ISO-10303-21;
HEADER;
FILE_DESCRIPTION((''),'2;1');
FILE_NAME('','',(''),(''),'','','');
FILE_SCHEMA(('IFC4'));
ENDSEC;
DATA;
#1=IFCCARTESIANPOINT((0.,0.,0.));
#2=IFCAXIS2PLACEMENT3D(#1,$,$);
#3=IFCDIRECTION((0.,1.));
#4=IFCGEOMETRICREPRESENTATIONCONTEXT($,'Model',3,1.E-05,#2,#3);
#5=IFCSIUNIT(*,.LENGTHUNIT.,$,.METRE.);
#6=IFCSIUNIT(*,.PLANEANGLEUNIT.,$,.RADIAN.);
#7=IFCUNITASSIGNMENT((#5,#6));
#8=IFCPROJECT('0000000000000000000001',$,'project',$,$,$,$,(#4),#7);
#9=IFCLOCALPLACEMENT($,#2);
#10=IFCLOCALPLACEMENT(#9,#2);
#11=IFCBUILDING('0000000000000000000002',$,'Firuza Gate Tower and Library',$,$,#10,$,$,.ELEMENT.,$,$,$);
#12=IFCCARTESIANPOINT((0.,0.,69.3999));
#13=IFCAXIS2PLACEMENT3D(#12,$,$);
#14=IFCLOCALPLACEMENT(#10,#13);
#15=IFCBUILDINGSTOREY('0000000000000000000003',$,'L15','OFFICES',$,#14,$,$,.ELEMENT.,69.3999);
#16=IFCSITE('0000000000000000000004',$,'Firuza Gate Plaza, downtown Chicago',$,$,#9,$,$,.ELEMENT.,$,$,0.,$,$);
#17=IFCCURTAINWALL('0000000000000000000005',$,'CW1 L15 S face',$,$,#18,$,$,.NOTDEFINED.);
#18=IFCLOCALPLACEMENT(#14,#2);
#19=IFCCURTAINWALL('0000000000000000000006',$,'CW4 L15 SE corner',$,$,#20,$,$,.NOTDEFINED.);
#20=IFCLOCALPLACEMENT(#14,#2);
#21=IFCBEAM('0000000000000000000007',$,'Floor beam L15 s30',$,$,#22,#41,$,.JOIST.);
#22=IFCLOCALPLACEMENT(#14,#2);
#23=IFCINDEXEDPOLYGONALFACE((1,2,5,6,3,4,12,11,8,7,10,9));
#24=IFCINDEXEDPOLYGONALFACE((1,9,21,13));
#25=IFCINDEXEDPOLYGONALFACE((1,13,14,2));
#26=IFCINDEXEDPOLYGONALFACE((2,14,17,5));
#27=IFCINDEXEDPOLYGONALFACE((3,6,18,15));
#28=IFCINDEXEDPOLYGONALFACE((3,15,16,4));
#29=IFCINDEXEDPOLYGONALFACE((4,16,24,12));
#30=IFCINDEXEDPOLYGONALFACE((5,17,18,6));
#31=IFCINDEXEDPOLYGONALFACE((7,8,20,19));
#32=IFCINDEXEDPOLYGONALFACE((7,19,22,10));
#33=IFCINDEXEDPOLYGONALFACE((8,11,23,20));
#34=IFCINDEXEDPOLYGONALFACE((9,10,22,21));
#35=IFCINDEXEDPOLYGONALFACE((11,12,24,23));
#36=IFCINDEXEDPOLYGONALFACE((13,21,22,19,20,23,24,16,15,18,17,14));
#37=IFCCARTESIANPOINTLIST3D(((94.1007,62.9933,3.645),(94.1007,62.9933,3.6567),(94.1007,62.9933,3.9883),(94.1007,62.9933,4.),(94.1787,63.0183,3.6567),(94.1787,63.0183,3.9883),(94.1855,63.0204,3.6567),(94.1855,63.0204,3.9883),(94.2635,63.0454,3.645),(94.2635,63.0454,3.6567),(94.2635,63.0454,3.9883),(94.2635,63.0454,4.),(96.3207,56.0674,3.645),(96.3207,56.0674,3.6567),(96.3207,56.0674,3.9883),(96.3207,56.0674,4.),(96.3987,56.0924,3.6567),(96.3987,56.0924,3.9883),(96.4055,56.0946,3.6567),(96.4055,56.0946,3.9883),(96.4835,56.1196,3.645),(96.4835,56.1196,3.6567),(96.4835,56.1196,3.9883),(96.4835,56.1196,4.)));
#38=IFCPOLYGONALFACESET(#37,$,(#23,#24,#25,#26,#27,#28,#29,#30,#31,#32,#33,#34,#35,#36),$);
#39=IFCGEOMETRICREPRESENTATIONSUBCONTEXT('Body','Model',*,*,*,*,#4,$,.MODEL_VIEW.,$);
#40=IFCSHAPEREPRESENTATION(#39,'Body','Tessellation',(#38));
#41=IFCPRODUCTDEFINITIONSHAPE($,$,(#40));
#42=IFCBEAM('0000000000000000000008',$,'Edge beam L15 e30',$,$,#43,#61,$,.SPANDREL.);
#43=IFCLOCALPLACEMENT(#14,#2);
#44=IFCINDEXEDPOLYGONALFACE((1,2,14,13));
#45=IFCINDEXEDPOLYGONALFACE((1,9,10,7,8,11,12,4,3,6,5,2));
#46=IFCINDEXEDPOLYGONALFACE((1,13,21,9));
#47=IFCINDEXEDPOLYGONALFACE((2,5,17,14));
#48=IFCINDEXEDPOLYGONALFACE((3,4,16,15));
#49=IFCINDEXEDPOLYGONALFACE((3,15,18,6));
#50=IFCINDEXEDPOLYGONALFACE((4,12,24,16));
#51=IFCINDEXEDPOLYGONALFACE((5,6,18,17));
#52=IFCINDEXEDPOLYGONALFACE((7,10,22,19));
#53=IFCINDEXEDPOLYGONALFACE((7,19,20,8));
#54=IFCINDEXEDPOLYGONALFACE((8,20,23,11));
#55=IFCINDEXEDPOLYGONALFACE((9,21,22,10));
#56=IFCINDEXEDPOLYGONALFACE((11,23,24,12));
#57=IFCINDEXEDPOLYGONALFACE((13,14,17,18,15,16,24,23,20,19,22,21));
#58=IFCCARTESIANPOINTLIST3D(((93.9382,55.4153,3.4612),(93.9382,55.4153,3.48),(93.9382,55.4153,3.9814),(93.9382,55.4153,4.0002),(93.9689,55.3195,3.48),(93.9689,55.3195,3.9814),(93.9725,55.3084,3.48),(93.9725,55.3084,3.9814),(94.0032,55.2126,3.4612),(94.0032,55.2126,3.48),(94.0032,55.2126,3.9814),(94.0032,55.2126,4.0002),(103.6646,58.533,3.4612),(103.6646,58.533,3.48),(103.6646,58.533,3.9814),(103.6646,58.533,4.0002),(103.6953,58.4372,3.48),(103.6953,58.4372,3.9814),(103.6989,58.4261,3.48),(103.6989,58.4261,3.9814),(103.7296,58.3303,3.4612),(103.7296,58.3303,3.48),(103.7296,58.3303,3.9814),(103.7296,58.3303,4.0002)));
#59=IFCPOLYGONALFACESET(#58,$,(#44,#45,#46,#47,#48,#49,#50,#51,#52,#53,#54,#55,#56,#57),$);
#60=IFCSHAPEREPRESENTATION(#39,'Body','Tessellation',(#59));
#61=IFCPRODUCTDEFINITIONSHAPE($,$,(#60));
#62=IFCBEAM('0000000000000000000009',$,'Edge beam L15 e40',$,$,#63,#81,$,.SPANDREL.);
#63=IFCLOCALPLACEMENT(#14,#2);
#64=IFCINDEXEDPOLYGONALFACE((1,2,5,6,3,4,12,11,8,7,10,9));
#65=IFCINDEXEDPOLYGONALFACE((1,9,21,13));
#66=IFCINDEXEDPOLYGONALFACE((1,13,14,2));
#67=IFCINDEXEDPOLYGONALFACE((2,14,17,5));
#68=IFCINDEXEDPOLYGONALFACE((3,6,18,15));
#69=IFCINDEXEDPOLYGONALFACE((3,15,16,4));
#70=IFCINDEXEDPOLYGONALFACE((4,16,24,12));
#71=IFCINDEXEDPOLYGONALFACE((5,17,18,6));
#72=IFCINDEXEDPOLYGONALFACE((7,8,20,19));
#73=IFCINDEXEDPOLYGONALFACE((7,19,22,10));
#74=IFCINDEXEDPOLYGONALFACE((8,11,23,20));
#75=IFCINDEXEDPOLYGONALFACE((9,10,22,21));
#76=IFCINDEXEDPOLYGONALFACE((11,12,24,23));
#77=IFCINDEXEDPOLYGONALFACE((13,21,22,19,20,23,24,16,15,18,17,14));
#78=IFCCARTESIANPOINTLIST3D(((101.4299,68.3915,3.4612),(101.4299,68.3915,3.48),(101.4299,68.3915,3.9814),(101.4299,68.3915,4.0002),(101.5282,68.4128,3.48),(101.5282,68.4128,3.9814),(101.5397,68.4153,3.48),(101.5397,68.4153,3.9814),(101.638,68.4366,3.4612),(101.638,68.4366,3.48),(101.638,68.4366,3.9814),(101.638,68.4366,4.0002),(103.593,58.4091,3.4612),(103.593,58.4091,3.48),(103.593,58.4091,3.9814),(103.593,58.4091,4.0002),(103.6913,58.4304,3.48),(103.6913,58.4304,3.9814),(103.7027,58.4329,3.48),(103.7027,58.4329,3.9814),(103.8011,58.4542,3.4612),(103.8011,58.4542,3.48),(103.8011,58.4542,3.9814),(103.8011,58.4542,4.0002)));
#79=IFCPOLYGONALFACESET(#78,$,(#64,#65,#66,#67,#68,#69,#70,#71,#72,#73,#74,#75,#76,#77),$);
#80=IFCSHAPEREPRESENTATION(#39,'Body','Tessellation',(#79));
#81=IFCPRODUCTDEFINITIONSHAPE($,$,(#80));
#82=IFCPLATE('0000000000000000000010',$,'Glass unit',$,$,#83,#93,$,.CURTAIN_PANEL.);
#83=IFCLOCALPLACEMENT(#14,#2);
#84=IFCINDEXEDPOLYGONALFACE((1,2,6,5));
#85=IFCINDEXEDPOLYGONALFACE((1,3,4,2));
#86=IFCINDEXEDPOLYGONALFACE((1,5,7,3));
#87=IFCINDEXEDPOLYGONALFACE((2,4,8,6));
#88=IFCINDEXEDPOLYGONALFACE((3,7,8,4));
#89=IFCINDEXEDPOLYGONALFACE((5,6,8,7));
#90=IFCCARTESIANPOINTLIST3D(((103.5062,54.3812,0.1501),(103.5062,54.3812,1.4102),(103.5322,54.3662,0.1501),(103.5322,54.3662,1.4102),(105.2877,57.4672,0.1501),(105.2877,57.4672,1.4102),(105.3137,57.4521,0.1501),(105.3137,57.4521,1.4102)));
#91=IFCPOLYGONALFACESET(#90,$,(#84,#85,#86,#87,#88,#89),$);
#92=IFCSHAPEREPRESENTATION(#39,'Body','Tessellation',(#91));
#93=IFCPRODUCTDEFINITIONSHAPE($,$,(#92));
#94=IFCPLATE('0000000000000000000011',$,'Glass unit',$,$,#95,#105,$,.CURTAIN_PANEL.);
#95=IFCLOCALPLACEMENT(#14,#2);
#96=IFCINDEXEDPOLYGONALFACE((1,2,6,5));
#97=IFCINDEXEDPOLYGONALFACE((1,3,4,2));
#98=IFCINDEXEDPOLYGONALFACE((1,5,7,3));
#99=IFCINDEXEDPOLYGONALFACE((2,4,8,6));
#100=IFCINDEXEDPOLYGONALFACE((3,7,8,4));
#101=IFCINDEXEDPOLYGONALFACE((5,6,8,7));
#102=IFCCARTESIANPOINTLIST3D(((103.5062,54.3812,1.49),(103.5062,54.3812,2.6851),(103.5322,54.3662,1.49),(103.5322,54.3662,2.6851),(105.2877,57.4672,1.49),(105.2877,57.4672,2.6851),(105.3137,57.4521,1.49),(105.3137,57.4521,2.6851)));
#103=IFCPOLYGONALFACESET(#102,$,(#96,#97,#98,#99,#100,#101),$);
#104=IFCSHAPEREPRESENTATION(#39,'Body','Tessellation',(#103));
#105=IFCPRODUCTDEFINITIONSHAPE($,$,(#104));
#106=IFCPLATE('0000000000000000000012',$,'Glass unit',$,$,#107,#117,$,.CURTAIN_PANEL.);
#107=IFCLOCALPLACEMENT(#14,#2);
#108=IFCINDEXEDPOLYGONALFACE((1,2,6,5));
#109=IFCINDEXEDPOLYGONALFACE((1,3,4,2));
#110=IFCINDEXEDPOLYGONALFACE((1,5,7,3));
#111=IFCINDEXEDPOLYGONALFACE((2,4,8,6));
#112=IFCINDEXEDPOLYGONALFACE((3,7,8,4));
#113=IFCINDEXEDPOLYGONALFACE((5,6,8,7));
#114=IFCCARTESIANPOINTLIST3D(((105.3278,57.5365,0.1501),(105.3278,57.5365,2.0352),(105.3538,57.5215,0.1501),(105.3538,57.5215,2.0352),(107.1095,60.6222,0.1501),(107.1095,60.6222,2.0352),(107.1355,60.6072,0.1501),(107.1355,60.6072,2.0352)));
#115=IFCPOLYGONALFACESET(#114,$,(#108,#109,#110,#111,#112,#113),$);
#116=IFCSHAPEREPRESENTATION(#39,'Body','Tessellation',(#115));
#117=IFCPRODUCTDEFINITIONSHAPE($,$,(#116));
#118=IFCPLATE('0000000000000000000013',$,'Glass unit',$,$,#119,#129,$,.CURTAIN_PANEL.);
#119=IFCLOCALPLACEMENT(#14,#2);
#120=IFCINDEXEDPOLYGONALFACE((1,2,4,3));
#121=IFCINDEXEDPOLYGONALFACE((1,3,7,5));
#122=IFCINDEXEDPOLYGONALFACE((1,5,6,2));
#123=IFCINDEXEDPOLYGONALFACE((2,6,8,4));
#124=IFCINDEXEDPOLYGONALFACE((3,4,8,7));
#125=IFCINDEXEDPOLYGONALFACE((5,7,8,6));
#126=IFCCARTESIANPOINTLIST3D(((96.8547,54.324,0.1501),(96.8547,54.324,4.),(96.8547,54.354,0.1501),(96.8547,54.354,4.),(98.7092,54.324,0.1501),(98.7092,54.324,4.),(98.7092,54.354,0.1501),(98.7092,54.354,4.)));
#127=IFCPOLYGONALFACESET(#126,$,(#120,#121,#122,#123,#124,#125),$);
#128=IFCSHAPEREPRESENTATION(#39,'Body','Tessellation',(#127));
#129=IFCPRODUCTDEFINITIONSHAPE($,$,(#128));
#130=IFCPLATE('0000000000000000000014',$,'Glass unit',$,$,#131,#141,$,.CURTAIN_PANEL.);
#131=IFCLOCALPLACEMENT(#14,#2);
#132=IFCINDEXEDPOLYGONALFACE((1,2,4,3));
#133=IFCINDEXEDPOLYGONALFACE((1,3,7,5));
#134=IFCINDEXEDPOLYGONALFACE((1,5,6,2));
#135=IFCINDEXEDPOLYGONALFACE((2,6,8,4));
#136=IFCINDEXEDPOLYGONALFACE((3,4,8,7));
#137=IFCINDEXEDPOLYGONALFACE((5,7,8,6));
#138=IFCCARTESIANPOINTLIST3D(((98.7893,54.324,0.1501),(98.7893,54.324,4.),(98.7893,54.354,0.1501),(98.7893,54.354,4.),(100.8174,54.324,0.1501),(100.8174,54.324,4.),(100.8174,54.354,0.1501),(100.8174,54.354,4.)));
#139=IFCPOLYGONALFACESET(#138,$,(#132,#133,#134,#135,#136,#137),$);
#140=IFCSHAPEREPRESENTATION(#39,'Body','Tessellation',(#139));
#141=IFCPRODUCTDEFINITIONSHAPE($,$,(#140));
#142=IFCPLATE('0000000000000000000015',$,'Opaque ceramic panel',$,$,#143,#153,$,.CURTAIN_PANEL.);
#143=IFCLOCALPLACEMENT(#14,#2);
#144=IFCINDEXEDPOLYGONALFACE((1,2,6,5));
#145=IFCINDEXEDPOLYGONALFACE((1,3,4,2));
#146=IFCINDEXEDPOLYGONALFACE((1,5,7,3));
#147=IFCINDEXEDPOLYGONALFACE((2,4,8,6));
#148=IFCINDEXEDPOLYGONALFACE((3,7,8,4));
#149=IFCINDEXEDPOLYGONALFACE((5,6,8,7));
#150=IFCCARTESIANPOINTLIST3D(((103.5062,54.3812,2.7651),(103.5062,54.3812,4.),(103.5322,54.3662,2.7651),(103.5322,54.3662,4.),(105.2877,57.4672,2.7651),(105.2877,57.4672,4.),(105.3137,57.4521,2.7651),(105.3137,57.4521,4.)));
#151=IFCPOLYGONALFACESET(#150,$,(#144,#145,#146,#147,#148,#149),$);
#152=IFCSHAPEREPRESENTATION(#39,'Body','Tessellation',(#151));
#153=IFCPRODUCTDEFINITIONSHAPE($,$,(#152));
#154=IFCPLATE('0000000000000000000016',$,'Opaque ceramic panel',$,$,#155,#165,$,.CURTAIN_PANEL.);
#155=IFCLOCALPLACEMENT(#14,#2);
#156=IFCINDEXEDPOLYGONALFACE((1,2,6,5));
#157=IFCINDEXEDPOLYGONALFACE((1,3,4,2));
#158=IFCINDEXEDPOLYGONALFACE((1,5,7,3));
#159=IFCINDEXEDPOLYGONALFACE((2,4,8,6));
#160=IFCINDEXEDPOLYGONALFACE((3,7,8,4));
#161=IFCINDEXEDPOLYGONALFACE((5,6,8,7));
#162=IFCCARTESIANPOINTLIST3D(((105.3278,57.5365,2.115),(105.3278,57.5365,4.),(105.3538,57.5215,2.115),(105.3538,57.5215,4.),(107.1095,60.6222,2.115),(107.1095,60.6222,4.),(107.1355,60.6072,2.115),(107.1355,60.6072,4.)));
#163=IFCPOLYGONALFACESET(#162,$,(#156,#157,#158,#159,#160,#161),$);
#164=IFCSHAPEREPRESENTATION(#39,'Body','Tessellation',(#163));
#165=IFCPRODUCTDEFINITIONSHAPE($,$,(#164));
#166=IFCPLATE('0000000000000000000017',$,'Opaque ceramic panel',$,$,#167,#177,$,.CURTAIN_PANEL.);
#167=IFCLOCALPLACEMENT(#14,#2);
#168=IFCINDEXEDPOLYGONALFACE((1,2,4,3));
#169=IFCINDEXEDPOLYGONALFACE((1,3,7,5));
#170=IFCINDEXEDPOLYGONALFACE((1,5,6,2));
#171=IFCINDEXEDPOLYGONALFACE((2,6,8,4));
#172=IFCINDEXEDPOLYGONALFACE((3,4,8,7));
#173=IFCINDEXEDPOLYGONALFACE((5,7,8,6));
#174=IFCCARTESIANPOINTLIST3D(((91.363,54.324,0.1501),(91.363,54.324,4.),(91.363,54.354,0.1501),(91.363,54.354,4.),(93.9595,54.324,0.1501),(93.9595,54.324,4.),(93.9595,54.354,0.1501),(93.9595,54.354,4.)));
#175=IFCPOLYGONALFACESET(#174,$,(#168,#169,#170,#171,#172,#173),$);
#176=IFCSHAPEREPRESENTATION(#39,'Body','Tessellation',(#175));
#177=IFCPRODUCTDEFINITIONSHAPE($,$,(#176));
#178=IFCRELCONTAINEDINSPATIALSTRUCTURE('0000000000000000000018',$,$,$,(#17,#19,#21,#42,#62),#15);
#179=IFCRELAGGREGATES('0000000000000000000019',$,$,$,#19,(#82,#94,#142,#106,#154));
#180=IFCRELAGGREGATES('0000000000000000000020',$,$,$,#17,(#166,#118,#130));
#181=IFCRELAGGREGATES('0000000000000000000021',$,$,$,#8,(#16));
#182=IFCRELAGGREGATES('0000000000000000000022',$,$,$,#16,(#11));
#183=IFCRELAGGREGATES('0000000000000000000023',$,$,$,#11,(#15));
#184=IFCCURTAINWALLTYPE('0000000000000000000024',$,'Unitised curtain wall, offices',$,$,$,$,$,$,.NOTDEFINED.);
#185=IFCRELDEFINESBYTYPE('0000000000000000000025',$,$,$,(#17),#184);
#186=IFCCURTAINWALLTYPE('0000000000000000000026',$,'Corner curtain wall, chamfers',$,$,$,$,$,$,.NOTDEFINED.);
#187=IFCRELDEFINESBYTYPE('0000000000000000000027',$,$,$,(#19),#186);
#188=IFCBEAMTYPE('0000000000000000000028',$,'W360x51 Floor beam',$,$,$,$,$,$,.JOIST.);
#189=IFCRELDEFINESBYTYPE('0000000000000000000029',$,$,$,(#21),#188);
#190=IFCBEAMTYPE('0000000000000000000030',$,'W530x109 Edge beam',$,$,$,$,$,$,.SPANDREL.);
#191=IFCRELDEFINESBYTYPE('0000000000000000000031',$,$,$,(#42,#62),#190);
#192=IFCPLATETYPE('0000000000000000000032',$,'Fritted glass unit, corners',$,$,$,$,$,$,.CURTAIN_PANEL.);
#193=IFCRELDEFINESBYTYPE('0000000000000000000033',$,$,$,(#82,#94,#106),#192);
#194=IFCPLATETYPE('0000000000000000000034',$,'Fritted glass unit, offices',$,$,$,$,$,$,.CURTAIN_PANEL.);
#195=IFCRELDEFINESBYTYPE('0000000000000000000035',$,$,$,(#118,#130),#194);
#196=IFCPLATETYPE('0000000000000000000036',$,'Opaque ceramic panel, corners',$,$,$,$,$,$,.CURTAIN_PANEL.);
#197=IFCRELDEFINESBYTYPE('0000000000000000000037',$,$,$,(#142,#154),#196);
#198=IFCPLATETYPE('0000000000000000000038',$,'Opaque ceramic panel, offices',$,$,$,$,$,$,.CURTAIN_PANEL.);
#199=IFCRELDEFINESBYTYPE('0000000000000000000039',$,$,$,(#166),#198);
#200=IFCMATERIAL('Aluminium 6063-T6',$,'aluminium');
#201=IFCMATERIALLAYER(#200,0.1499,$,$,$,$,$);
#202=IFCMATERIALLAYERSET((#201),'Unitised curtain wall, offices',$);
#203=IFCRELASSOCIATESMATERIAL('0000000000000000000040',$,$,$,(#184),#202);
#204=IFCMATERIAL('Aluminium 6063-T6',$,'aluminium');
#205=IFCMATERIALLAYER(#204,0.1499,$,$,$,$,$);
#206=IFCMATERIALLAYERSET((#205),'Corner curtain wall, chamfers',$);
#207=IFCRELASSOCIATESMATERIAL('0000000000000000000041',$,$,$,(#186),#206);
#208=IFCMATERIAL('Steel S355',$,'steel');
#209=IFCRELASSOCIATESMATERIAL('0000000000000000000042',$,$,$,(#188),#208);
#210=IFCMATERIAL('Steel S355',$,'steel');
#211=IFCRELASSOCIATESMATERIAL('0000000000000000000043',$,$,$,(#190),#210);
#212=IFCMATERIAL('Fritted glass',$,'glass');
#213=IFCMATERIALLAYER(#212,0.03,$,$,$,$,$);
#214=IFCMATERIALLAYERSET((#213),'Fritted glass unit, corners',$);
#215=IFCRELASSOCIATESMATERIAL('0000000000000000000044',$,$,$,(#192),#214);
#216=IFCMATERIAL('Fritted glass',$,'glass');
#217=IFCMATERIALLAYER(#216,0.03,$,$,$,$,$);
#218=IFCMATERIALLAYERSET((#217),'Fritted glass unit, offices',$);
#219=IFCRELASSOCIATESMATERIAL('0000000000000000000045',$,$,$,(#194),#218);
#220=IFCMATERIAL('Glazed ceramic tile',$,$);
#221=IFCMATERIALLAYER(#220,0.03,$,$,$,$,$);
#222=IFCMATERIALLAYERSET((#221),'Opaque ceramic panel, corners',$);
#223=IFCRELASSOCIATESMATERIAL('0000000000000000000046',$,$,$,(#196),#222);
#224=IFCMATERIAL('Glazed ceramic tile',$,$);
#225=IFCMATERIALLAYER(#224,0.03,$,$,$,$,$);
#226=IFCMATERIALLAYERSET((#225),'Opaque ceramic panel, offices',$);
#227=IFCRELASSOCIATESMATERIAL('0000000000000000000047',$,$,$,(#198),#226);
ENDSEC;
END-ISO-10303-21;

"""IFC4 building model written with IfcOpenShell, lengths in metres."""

from ifc_helpers import new_model, si_unit, direction, frame, origin, origin_2d, place, context, subcontext, project, spatial, polyline, i_section, outline, extrude, material, layer, layer_set, material_profile, profile_set, type_object, element, aggregate, save


model = new_model("IFC4")

# Units and contexts
model_context = context("Model", 3, precision=1e-05, world=origin(), true_north=direction((0.0, 1.0)))
body_context = subcontext(model_context, "Body", "Model", "MODEL_VIEW")
ifc_project = project(units=[si_unit("LENGTHUNIT", "METRE"), si_unit("PLANEANGLEUNIT", "RADIAN")], contexts=[model_context])

# Site, building, storey
site_placement = place(None, origin())
site = spatial("IfcSite", under=ifc_project, at=site_placement, Name="Firuza Gate Plaza, downtown Chicago", CompositionType="ELEMENT", RefElevation=0.0)
building_placement = place(site_placement, origin())
building = spatial("IfcBuilding", under=site, at=building_placement, Name="Firuza Gate Tower and Library", CompositionType="ELEMENT")
storey_placement = place(building_placement, frame((0.0, 0.0, 69.3999)))
storey = spatial("IfcBuildingStorey", under=building, at=storey_placement, Name="L15", Description="OFFICES", CompositionType="ELEMENT", Elevation=69.3999)

# Curtain walls
ifc_material_1 = material(Name="Aluminium 6063-T6", Category="aluminium")
ifc_layer_1 = layer(ifc_material_1, 0.1499)
ifc_layer_set_1 = layer_set([ifc_layer_1], Name="Unitised curtain wall, offices")
curtain_wall_type_1 = type_object("IfcCurtainWallType", Name="Unitised curtain wall, offices", PredefinedType="NOTDEFINED", material=ifc_layer_set_1)
placement = place(storey_placement, origin())
curtain_wall_1 = element("IfcCurtainWall", 1, at=placement, inside=storey, type_object=curtain_wall_type_1, Name="CW1 L15 S face", PredefinedType="NOTDEFINED")
ifc_material_2 = material(Name="Aluminium 6063-T6", Category="aluminium")
ifc_layer_2 = layer(ifc_material_2, 0.1499)
ifc_layer_set_2 = layer_set([ifc_layer_2], Name="Corner curtain wall, chamfers")
curtain_wall_type_2 = type_object("IfcCurtainWallType", Name="Corner curtain wall, chamfers", PredefinedType="NOTDEFINED", material=ifc_layer_set_2)
curtain_wall_2 = element("IfcCurtainWall", 2, at=placement, inside=storey, type_object=curtain_wall_type_2, Name="CW4 L15 SE corner", PredefinedType="NOTDEFINED")

# Beams
ifc_material_3 = material(Name="Steel S355", Category="steel")
ifc_material_profile_1 = material_profile(ifc_material_3, i_section(OverallWidth=0.1709, OverallDepth=0.355, WebThickness=0.0071, FlangeThickness=0.0117, at=origin_2d()))
ifc_profile_set_1 = profile_set([ifc_material_profile_1], Name="Steel S355")
beam_type_1 = type_object("IfcBeamType", Name="W360x51 Floor beam", PredefinedType="JOIST", material=ifc_profile_set_1)
beam_1_placement = place(storey_placement, frame((96.4021, 56.0935, 3.8225), z_axis=(-0.30524, 0.952276, 0.0), x_axis=(-0.952276, -0.30524, 0.0)))
element("IfcBeam", 3, at=beam_1_placement, inside=storey, type_object=beam_type_1, Name="Floor beam L15 s30", PredefinedType="JOIST", context=body_context, shape_type="SweptSolid", body=[
    extrude(i_section(OverallWidth=0.1709, OverallDepth=0.355, WebThickness=0.0071, FlangeThickness=0.0117, at=origin_2d()), origin(), (0.0, 0.0, 1.0), 7.2729),
])
ifc_material_4 = material(Name="Steel S355", Category="steel")
ifc_material_profile_2 = material_profile(ifc_material_4, i_section(OverallWidth=0.2129, OverallDepth=0.5391, WebThickness=0.0117, FlangeThickness=0.0188, at=origin_2d()))
ifc_profile_set_2 = profile_set([ifc_material_profile_2], Name="Steel S355")
beam_type_2 = type_object("IfcBeamType", Name="W530x109 Edge beam", PredefinedType="SPANDREL", material=ifc_profile_set_2)
beam_2_placement = place(storey_placement, frame((93.9707, 55.314, 3.7307), z_axis=(0.952275, 0.305242, 0.0), x_axis=(-0.305242, 0.952275, 0.0)))
element("IfcBeam", 4, at=beam_2_placement, inside=storey, type_object=beam_type_2, Name="Edge beam L15 e30", PredefinedType="SPANDREL", context=body_context, shape_type="SweptSolid", body=[
    extrude(i_section(OverallWidth=0.2129, OverallDepth=0.5391, WebThickness=0.0117, FlangeThickness=0.0188, at=origin_2d()), origin(), (0.0, 0.0, 1.0), 10.2139),
])
beam_3_placement = place(storey_placement, frame((103.697, 58.4316, 3.7307), z_axis=(-0.211775, 0.977319, 0.0), x_axis=(-0.977319, -0.211775, 0.0)))
element("IfcBeam", 5, at=beam_3_placement, inside=storey, type_object=beam_type_2, Name="Edge beam L15 e40", PredefinedType="SPANDREL", context=body_context, shape_type="SweptSolid", body=[
    extrude(i_section(OverallWidth=0.2129, OverallDepth=0.5391, WebThickness=0.0117, FlangeThickness=0.0188, at=origin_2d()), origin(), (0.0, 0.0, 1.0), 10.2141),
])

# Plates
ifc_material_5 = material(Name="Fritted glass", Category="glass")
ifc_layer_3 = layer(ifc_material_5, 0.03)
ifc_layer_set_3 = layer_set([ifc_layer_3], Name="Fritted glass unit, corners")
plate_type_1 = type_object("IfcPlateType", Name="Fritted glass unit, corners", PredefinedType="CURTAIN_PANEL", material=ifc_layer_set_3)
plate_1_placement = place(storey_placement, frame((103.5322, 54.3662, 0.1501), z_axis=(0.866046, -0.499964, 0.0), x_axis=(0.499964, 0.866046, 0.0)))
plate_1 = element("IfcPlate", 6, at=plate_1_placement, type_object=plate_type_1, Name="Glass unit", PredefinedType="CURTAIN_PANEL", context=body_context, shape_type="SweptSolid", body=[
    extrude(outline(polyline([(0.0, 0.0), (3.5632, 0.0), (3.5632, 1.26), (0.0, 1.26), (0.0, 0.0)])), origin(), (0.0, 0.0, -1.0), 0.03),
])
plate_2_placement = place(storey_placement, frame((103.5322, 54.3662, 1.49), z_axis=(0.866046, -0.499964, 0.0), x_axis=(0.499964, 0.866046, 0.0)))
plate_2 = element("IfcPlate", 7, at=plate_2_placement, type_object=plate_type_1, Name="Glass unit", PredefinedType="CURTAIN_PANEL", context=body_context, shape_type="SweptSolid", body=[
    extrude(outline(polyline([(0.0, 0.0), (3.5632, 0.0), (3.5632, 1.1951), (0.0, 1.1951), (0.0, 0.0)])), origin(), (0.0, 0.0, -1.0), 0.03),
])
plate_3_placement = place(storey_placement, frame((105.3538, 57.5215, 0.1501), z_axis=(0.866, -0.500045, 0.0), x_axis=(0.500045, 0.866, 0.0)))
plate_3 = element("IfcPlate", 8, at=plate_3_placement, type_object=plate_type_1, Name="Glass unit", PredefinedType="CURTAIN_PANEL", context=body_context, shape_type="SweptSolid", body=[
    extrude(outline(polyline([(0.0, 0.0), (3.5632, 0.0), (3.5632, 1.885), (0.0, 1.885), (0.0, 0.0)])), origin(), (0.0, 0.0, -1.0), 0.03),
])
ifc_material_6 = material(Name="Fritted glass", Category="glass")
ifc_layer_4 = layer(ifc_material_6, 0.03)
ifc_layer_set_4 = layer_set([ifc_layer_4], Name="Fritted glass unit, offices")
plate_type_2 = type_object("IfcPlateType", Name="Fritted glass unit, offices", PredefinedType="CURTAIN_PANEL", material=ifc_layer_set_4)
plate_4_placement = place(storey_placement, frame((96.8547, 54.324, 0.1501), z_axis=(0.0, -1.0, 0.0), x_axis=(1.0, 0.0, 0.0)))
plate_4 = element("IfcPlate", 9, at=plate_4_placement, type_object=plate_type_2, Name="Glass unit", PredefinedType="CURTAIN_PANEL", context=body_context, shape_type="SweptSolid", body=[
    extrude(outline(polyline([(0.0, 0.0), (1.8545, 0.0), (1.8545, 3.8499), (0.0, 3.8499), (0.0, 0.0)])), origin(), (0.0, 0.0, -1.0), 0.03),
])
plate_5_placement = place(storey_placement, frame((98.7893, 54.324, 0.1501), z_axis=(0.0, -1.0, 0.0), x_axis=(1.0, 0.0, 0.0)))
plate_5 = element("IfcPlate", 10, at=plate_5_placement, type_object=plate_type_2, Name="Glass unit", PredefinedType="CURTAIN_PANEL", context=body_context, shape_type="SweptSolid", body=[
    extrude(outline(polyline([(0.0, 0.0), (2.0281, 0.0), (2.0281, 3.8499), (0.0, 3.8499), (0.0, 0.0)])), origin(), (0.0, 0.0, -1.0), 0.03),
])
ifc_material_7 = material(Name="Glazed ceramic tile")
ifc_layer_5 = layer(ifc_material_7, 0.03)
ifc_layer_set_5 = layer_set([ifc_layer_5], Name="Opaque ceramic panel, corners")
plate_type_3 = type_object("IfcPlateType", Name="Opaque ceramic panel, corners", PredefinedType="CURTAIN_PANEL", material=ifc_layer_set_5)
plate_6_placement = place(storey_placement, frame((103.5322, 54.3662, 2.7651), z_axis=(0.866046, -0.499964, 0.0), x_axis=(0.499964, 0.866046, 0.0)))
plate_6 = element("IfcPlate", 11, at=plate_6_placement, type_object=plate_type_3, Name="Opaque ceramic panel", PredefinedType="CURTAIN_PANEL", context=body_context, shape_type="SweptSolid", body=[
    extrude(outline(polyline([(0.0, 0.0), (3.5632, 0.0), (3.5632, 1.2349), (0.0, 1.2349), (0.0, 0.0)])), origin(), (0.0, 0.0, -1.0), 0.03),
])
plate_7_placement = place(storey_placement, frame((105.3538, 57.5215, 2.115), z_axis=(0.866, -0.500045, 0.0), x_axis=(0.500045, 0.866, 0.0)))
plate_7 = element("IfcPlate", 12, at=plate_7_placement, type_object=plate_type_3, Name="Opaque ceramic panel", PredefinedType="CURTAIN_PANEL", context=body_context, shape_type="SweptSolid", body=[
    extrude(outline(polyline([(0.0, 0.0), (3.5632, 0.0), (3.5632, 1.885), (0.0, 1.885), (0.0, 0.0)])), origin(), (0.0, 0.0, -1.0), 0.03),
])
aggregate(curtain_wall_2, [plate_1, plate_2, plate_6, plate_3, plate_7])
ifc_material_8 = material(Name="Glazed ceramic tile")
ifc_layer_6 = layer(ifc_material_8, 0.03)
ifc_layer_set_6 = layer_set([ifc_layer_6], Name="Opaque ceramic panel, offices")
plate_type_4 = type_object("IfcPlateType", Name="Opaque ceramic panel, offices", PredefinedType="CURTAIN_PANEL", material=ifc_layer_set_6)
plate_8_placement = place(storey_placement, frame((91.363, 54.324, 0.1501), z_axis=(0.0, -1.0, 0.0), x_axis=(1.0, 0.0, 0.0)))
plate_8 = element("IfcPlate", 13, at=plate_8_placement, type_object=plate_type_4, Name="Opaque ceramic panel", PredefinedType="CURTAIN_PANEL", context=body_context, shape_type="SweptSolid", body=[
    extrude(outline(polyline([(0.0, 0.0), (2.5964, 0.0), (2.5964, 3.8499), (0.0, 3.8499), (0.0, 0.0)])), origin(), (0.0, 0.0, -1.0), 0.03),
])
aggregate(curtain_wall_1, [plate_8, plate_4, plate_5])

save(model, "model.ifc")
